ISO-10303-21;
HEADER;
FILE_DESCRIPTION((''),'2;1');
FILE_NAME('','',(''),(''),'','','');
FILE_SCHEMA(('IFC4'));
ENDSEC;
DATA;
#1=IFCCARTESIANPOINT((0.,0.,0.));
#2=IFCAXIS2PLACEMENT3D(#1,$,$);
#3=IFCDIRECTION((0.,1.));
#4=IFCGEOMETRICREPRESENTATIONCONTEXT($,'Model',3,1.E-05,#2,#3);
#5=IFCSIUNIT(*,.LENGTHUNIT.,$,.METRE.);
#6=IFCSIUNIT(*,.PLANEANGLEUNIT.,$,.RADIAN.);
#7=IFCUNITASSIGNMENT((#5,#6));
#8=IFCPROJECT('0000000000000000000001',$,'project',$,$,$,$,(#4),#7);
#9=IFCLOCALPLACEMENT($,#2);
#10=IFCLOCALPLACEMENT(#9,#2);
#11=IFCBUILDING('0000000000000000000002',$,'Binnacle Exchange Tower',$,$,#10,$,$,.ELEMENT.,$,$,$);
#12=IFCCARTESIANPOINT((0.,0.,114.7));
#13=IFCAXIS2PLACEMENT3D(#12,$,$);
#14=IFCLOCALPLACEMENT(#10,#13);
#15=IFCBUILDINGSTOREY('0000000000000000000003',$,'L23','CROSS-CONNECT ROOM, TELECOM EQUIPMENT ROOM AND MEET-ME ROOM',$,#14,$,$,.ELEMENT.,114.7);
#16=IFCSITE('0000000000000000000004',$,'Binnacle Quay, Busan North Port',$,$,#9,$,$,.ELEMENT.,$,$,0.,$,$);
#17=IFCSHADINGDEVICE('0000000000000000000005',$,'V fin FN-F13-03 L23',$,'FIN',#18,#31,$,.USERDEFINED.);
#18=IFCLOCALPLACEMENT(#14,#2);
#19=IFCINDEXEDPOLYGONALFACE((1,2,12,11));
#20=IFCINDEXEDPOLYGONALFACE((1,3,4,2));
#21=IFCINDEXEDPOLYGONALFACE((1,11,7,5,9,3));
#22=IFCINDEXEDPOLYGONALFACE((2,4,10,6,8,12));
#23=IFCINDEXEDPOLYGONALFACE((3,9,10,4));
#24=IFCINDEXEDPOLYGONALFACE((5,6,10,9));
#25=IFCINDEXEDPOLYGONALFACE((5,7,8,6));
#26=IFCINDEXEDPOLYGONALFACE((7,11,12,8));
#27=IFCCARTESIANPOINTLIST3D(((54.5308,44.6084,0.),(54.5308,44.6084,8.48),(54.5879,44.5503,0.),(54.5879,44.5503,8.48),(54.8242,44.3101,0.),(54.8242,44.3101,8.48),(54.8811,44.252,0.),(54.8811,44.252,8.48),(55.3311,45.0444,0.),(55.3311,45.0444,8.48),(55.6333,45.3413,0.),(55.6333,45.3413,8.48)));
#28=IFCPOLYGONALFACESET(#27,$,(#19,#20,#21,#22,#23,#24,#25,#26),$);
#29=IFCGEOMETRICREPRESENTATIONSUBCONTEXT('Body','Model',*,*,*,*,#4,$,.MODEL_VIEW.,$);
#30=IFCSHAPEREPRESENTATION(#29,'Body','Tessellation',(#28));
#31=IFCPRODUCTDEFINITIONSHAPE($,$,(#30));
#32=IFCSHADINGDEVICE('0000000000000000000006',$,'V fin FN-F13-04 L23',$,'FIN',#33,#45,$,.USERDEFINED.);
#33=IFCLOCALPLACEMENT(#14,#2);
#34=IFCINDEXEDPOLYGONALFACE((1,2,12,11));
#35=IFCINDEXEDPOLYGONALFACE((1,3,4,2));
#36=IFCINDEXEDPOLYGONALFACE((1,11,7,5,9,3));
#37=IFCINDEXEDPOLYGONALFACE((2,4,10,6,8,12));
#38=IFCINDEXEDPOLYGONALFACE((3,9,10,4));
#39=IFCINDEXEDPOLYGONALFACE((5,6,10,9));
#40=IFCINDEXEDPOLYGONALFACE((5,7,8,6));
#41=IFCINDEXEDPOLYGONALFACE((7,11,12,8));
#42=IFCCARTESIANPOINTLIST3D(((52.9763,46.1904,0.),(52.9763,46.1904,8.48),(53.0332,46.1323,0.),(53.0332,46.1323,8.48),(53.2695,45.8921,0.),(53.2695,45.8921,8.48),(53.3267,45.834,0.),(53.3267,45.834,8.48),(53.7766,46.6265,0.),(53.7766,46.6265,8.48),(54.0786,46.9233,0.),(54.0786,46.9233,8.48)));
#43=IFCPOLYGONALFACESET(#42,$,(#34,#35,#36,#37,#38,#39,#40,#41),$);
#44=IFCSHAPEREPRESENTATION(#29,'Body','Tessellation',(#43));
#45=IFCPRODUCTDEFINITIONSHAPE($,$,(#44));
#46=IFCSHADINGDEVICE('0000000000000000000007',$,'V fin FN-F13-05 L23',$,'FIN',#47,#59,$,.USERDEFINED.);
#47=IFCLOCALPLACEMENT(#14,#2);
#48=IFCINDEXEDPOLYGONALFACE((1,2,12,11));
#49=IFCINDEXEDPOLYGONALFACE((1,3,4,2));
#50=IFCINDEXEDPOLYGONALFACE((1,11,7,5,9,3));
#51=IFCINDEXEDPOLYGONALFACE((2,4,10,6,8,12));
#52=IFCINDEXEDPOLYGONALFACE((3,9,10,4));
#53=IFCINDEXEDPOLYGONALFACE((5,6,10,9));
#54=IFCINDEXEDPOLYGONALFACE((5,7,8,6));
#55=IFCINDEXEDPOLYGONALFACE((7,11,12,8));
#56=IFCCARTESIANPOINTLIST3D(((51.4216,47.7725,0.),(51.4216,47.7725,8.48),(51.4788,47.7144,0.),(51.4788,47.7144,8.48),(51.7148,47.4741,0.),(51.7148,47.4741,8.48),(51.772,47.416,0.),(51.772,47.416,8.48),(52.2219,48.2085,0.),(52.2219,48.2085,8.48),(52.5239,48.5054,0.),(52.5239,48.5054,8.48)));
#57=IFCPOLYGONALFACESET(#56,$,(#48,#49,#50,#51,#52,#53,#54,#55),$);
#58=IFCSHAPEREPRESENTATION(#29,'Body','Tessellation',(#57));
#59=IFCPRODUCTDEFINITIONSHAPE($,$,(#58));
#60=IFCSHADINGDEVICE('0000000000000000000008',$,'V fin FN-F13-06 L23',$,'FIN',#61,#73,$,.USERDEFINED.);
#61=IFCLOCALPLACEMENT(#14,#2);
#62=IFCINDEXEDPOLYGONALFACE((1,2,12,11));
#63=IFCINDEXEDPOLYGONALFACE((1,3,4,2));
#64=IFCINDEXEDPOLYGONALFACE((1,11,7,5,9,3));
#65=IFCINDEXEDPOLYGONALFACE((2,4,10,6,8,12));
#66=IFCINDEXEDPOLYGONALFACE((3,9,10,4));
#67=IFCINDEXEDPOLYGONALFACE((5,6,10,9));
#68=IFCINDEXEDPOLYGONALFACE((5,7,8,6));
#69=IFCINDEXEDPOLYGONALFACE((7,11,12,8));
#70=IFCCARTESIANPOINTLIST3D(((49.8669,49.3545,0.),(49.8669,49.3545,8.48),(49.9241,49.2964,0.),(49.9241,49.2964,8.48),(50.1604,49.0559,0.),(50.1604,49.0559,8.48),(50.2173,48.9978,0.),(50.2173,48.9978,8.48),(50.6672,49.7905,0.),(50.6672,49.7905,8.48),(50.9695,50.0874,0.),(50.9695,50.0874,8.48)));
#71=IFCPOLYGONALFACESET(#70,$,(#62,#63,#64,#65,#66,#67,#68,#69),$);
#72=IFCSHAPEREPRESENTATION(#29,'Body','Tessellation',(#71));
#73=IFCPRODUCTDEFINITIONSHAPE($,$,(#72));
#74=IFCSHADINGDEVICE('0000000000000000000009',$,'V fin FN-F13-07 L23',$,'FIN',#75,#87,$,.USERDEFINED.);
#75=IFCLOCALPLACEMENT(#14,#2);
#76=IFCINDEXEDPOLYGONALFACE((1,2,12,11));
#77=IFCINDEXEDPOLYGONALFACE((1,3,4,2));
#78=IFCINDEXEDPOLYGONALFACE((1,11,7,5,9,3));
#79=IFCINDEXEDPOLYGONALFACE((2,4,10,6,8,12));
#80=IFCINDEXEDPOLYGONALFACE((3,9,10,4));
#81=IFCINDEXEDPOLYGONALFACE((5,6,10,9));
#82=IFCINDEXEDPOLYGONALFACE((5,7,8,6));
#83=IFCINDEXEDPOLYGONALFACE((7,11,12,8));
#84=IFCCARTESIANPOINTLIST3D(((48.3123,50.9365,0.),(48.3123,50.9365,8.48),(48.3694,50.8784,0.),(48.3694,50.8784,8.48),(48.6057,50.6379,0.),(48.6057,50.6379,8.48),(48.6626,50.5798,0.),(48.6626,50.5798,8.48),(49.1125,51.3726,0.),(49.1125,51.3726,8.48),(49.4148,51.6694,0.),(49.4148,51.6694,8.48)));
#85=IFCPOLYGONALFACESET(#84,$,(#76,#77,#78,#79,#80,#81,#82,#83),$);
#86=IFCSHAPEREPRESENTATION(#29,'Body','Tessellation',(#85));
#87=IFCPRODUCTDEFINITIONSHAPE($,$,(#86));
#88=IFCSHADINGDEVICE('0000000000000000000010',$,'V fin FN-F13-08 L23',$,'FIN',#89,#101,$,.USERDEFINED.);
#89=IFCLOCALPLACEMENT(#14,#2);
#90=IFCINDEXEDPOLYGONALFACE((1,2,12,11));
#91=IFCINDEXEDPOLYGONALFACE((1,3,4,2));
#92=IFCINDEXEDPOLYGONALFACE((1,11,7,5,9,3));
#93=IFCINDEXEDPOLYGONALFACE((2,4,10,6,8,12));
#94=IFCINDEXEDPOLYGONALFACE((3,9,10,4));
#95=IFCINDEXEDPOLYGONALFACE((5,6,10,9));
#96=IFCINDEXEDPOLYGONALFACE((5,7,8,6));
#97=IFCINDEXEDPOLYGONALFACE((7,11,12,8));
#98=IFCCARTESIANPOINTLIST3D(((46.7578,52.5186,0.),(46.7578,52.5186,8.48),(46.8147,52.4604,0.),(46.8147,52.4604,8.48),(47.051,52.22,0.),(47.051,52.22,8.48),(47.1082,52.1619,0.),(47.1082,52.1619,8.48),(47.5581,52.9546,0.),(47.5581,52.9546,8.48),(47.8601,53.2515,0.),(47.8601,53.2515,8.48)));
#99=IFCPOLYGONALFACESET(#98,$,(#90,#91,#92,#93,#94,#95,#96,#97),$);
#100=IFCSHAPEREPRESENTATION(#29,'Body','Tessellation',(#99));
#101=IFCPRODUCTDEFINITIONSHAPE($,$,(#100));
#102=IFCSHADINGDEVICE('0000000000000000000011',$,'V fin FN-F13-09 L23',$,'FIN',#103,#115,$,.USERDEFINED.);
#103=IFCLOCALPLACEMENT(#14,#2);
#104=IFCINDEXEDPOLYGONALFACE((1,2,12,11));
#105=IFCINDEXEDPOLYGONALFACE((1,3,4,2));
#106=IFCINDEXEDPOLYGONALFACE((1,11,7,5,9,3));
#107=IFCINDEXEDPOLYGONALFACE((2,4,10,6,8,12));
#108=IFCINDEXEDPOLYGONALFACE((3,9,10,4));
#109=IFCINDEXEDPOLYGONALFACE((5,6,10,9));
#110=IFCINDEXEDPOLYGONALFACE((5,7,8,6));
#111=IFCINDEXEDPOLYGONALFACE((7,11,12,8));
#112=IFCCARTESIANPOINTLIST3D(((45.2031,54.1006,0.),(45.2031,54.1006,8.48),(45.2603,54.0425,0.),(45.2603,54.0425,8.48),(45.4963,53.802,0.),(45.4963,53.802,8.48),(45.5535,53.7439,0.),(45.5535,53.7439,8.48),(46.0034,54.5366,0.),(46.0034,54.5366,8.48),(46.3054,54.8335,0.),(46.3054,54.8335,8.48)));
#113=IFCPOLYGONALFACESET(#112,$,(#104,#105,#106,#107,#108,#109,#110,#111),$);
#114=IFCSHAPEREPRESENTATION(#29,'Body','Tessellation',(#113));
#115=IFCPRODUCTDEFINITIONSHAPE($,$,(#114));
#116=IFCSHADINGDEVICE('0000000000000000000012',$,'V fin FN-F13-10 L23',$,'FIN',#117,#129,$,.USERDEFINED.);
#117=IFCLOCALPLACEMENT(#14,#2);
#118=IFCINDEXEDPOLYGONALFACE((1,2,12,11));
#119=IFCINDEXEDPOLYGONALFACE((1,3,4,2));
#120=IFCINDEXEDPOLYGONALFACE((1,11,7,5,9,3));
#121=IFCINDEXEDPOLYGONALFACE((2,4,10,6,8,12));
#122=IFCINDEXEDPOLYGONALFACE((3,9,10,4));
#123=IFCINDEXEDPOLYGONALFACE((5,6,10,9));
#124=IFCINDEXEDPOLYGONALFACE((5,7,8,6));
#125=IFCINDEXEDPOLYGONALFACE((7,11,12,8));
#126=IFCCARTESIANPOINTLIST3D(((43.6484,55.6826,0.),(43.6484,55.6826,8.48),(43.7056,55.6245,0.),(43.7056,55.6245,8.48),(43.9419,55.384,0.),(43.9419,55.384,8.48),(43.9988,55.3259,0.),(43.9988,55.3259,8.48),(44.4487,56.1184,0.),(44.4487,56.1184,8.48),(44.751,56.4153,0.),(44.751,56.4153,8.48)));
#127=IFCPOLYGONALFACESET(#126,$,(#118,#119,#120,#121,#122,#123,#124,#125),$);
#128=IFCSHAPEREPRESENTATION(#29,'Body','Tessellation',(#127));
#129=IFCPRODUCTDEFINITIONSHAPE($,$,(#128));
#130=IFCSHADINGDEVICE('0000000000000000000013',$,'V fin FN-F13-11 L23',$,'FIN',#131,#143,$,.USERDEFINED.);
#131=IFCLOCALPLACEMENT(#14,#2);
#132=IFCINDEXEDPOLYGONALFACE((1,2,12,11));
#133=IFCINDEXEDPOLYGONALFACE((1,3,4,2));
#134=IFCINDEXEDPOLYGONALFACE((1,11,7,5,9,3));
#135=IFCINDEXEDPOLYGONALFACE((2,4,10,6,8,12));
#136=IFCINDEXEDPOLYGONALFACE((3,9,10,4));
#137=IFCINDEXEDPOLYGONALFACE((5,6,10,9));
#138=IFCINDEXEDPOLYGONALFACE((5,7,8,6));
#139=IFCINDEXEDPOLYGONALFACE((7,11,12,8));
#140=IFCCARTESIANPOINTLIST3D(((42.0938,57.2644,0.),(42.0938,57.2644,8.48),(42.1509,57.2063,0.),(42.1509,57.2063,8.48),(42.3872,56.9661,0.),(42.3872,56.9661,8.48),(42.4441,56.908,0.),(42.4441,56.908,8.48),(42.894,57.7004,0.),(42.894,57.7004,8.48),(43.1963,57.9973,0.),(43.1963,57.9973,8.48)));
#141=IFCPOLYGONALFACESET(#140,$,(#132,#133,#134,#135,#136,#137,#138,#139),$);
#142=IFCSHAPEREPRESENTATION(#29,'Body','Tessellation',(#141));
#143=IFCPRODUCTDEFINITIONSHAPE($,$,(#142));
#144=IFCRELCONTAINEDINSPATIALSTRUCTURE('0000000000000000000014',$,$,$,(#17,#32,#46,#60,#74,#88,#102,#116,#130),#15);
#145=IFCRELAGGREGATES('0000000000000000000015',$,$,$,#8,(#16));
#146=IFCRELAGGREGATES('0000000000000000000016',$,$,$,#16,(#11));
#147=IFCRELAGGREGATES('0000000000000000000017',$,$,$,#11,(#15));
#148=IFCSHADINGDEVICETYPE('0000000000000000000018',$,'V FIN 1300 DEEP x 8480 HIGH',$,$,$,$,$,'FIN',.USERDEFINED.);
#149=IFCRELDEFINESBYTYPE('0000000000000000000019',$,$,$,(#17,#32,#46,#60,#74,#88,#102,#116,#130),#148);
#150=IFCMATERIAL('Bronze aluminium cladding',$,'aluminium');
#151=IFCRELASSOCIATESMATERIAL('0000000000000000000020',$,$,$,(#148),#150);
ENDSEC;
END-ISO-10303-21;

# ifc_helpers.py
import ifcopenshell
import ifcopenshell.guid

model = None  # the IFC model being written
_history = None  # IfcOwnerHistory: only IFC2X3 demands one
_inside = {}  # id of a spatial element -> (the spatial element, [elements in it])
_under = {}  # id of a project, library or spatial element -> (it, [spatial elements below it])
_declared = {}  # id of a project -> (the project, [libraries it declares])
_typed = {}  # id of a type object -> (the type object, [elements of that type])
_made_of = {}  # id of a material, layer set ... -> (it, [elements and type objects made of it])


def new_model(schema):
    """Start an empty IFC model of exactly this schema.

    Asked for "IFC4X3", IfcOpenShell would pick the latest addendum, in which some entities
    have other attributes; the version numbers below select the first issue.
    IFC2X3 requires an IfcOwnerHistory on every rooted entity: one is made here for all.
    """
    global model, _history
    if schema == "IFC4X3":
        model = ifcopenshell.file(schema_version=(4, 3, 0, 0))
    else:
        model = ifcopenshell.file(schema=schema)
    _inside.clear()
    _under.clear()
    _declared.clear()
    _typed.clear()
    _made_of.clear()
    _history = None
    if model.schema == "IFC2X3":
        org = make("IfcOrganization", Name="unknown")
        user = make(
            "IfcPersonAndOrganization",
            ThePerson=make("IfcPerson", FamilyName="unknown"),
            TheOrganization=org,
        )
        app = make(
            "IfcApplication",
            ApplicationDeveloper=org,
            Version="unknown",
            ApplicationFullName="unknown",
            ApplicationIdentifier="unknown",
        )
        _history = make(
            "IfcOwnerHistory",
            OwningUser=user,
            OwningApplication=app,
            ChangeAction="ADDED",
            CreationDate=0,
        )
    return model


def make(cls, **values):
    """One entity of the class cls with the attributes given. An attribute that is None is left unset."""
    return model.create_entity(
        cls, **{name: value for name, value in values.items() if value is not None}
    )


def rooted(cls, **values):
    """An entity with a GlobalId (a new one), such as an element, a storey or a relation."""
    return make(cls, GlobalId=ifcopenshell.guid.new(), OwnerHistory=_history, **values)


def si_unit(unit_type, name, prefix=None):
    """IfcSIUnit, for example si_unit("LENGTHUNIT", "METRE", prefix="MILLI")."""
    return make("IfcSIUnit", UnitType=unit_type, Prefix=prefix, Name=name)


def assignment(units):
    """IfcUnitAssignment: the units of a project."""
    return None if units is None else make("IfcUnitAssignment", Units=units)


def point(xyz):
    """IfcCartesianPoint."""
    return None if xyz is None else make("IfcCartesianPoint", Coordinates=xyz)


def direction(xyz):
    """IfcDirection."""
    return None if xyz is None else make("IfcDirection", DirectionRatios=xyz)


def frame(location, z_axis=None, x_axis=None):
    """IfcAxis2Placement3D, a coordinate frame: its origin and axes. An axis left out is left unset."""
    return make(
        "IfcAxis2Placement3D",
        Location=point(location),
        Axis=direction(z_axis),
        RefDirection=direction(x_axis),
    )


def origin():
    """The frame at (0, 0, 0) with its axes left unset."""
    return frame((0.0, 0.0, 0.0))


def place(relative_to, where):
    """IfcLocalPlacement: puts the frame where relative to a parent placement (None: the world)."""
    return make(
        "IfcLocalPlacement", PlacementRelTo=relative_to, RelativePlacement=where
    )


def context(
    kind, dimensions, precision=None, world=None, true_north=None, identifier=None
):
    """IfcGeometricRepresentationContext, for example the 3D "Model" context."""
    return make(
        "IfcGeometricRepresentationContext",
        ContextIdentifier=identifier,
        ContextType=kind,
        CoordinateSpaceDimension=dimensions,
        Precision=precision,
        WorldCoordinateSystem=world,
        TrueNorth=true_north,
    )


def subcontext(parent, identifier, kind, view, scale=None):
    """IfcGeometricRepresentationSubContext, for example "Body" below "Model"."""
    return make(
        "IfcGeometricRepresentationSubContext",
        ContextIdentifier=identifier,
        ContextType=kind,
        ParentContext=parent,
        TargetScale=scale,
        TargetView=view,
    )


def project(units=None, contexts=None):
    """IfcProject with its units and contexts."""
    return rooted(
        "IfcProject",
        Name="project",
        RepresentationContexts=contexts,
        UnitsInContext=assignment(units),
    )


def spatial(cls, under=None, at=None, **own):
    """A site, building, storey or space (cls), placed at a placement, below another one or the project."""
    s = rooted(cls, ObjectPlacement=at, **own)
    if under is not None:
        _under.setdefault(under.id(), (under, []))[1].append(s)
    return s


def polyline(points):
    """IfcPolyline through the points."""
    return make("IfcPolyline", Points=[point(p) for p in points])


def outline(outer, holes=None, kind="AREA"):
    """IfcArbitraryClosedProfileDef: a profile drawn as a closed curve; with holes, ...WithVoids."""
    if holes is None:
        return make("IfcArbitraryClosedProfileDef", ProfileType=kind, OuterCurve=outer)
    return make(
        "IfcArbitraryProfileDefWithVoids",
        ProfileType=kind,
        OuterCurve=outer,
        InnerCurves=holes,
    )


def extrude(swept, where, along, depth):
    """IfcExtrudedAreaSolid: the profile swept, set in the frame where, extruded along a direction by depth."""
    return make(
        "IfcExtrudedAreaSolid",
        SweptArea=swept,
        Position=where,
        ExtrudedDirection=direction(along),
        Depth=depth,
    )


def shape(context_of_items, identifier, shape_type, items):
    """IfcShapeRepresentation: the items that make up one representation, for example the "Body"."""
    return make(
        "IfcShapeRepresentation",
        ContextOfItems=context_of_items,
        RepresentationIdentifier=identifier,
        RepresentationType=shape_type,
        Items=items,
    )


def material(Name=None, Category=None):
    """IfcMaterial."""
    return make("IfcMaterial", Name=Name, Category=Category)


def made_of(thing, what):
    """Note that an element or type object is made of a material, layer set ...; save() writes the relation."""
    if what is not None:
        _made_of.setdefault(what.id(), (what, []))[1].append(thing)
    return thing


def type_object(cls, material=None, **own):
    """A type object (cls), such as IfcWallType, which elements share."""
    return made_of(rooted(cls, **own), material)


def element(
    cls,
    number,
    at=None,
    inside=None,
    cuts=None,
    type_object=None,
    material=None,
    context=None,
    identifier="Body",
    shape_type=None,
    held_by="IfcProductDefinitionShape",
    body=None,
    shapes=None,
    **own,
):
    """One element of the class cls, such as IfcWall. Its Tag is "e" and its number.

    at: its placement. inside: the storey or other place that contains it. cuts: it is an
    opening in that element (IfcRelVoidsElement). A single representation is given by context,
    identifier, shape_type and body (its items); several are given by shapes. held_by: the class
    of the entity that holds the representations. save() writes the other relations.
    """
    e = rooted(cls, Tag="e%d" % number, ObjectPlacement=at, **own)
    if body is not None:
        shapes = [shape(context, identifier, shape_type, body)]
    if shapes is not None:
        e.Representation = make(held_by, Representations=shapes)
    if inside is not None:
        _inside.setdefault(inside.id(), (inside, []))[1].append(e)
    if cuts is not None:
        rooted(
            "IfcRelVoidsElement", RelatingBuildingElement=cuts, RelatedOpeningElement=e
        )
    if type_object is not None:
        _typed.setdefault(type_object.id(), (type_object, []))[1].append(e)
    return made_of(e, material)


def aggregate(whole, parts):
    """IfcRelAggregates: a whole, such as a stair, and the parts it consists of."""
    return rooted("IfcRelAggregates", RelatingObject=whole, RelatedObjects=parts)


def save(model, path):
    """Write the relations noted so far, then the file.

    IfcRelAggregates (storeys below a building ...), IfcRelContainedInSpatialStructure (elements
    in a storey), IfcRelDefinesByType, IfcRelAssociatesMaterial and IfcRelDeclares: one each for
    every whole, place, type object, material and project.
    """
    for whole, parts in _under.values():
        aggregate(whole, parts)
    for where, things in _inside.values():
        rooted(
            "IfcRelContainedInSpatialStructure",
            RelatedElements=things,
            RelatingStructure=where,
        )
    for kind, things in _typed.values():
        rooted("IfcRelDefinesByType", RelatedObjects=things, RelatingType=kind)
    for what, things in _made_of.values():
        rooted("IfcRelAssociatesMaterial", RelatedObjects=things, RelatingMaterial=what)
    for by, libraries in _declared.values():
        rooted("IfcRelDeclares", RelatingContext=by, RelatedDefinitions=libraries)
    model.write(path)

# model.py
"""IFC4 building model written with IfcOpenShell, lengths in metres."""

from ifc_helpers import new_model, si_unit, direction, frame, origin, place, context, subcontext, project, spatial, polyline, outline, extrude, material, type_object, element, save


model = new_model("IFC4")

# Units and contexts
model_context = context("Model", 3, precision=1e-05, world=origin(), true_north=direction((0.0, 1.0)))
body_context = subcontext(model_context, "Body", "Model", "MODEL_VIEW")
ifc_project = project(units=[si_unit("LENGTHUNIT", "METRE"), si_unit("PLANEANGLEUNIT", "RADIAN")], contexts=[model_context])

# Site, building, storey
site_placement = place(None, origin())
site = spatial("IfcSite", under=ifc_project, at=site_placement, Name="Binnacle Quay, Busan North Port", CompositionType="ELEMENT", RefElevation=0.0)
building_placement = place(site_placement, origin())
building = spatial("IfcBuilding", under=site, at=building_placement, Name="Binnacle Exchange Tower", CompositionType="ELEMENT")
storey_placement = place(building_placement, frame((0.0, 0.0, 114.7)))
storey = spatial("IfcBuildingStorey", under=building, at=storey_placement, Name="L23", Description="CROSS-CONNECT ROOM, TELECOM EQUIPMENT ROOM AND MEET-ME ROOM", CompositionType="ELEMENT", Elevation=114.7)

# Shading devices
ifc_material_1 = material(Name="Bronze aluminium cladding", Category="aluminium")
shading_device_type = type_object("IfcShadingDeviceType", Name="V FIN 1300 DEEP x 8480 HIGH", ElementType="FIN", PredefinedType="USERDEFINED", material=ifc_material_1)
shading_device_1_placement = place(storey_placement, origin())
element("IfcShadingDevice", 1, at=shading_device_1_placement, inside=storey, type_object=shading_device_type, Name="V fin FN-F13-03 L23", ObjectType="FIN", PredefinedType="USERDEFINED", context=body_context, shape_type="SweptSolid", body=[
    extrude(outline(polyline([(54.8811, 44.252), (55.6333, 45.3413), (54.5308, 44.6084), (54.5879, 44.5503), (55.3311, 45.0444), (54.8242, 44.3101), (54.8811, 44.252)])), origin(), (0.0, 0.0, 1.0), 8.48),
])
shading_device_2_placement = place(storey_placement, origin())
element("IfcShadingDevice", 2, at=shading_device_2_placement, inside=storey, type_object=shading_device_type, Name="V fin FN-F13-04 L23", ObjectType="FIN", PredefinedType="USERDEFINED", context=body_context, shape_type="SweptSolid", body=[
    extrude(outline(polyline([(53.3267, 45.834), (54.0786, 46.9233), (52.9763, 46.1904), (53.0332, 46.1323), (53.7766, 46.6265), (53.2695, 45.8921), (53.3267, 45.834)])), origin(), (0.0, 0.0, 1.0), 8.48),
])
shading_device_3_placement = place(storey_placement, origin())
element("IfcShadingDevice", 3, at=shading_device_3_placement, inside=storey, type_object=shading_device_type, Name="V fin FN-F13-05 L23", ObjectType="FIN", PredefinedType="USERDEFINED", context=body_context, shape_type="SweptSolid", body=[
    extrude(outline(polyline([(51.772, 47.416), (52.5239, 48.5054), (51.4216, 47.7725), (51.4788, 47.7144), (52.2219, 48.2085), (51.7148, 47.4741), (51.772, 47.416)])), origin(), (0.0, 0.0, 1.0), 8.48),
])
shading_device_4_placement = place(storey_placement, origin())
element("IfcShadingDevice", 4, at=shading_device_4_placement, inside=storey, type_object=shading_device_type, Name="V fin FN-F13-06 L23", ObjectType="FIN", PredefinedType="USERDEFINED", context=body_context, shape_type="SweptSolid", body=[
    extrude(outline(polyline([(50.2173, 48.9978), (50.9695, 50.0874), (49.8669, 49.3545), (49.9241, 49.2964), (50.6672, 49.7905), (50.1604, 49.0559), (50.2173, 48.9978)])), origin(), (0.0, 0.0, 1.0), 8.48),
])
shading_device_5_placement = place(storey_placement, origin())
element("IfcShadingDevice", 5, at=shading_device_5_placement, inside=storey, type_object=shading_device_type, Name="V fin FN-F13-07 L23", ObjectType="FIN", PredefinedType="USERDEFINED", context=body_context, shape_type="SweptSolid", body=[
    extrude(outline(polyline([(48.6626, 50.5798), (49.4148, 51.6694), (48.3123, 50.9365), (48.3694, 50.8784), (49.1125, 51.3726), (48.6057, 50.6379), (48.6626, 50.5798)])), origin(), (0.0, 0.0, 1.0), 8.48),
])
shading_device_6_placement = place(storey_placement, origin())
element("IfcShadingDevice", 6, at=shading_device_6_placement, inside=storey, type_object=shading_device_type, Name="V fin FN-F13-08 L23", ObjectType="FIN", PredefinedType="USERDEFINED", context=body_context, shape_type="SweptSolid", body=[
    extrude(outline(polyline([(47.1082, 52.1619), (47.8601, 53.2515), (46.7578, 52.5186), (46.8147, 52.4604), (47.5581, 52.9546), (47.051, 52.22), (47.1082, 52.1619)])), origin(), (0.0, 0.0, 1.0), 8.48),
])
shading_device_7_placement = place(storey_placement, origin())
element("IfcShadingDevice", 7, at=shading_device_7_placement, inside=storey, type_object=shading_device_type, Name="V fin FN-F13-09 L23", ObjectType="FIN", PredefinedType="USERDEFINED", context=body_context, shape_type="SweptSolid", body=[
    extrude(outline(polyline([(45.5535, 53.7439), (46.3054, 54.8335), (45.2031, 54.1006), (45.2603, 54.0425), (46.0034, 54.5366), (45.4963, 53.802), (45.5535, 53.7439)])), origin(), (0.0, 0.0, 1.0), 8.48),
])
shading_device_8_placement = place(storey_placement, origin())
element("IfcShadingDevice", 8, at=shading_device_8_placement, inside=storey, type_object=shading_device_type, Name="V fin FN-F13-10 L23", ObjectType="FIN", PredefinedType="USERDEFINED", context=body_context, shape_type="SweptSolid", body=[
    extrude(outline(polyline([(43.9988, 55.3259), (44.751, 56.4153), (43.6484, 55.6826), (43.7056, 55.6245), (44.4487, 56.1184), (43.9419, 55.384), (43.9988, 55.3259)])), origin(), (0.0, 0.0, 1.0), 8.48),
])
shading_device_9_placement = place(storey_placement, origin())
element("IfcShadingDevice", 9, at=shading_device_9_placement, inside=storey, type_object=shading_device_type, Name="V fin FN-F13-11 L23", ObjectType="FIN", PredefinedType="USERDEFINED", context=body_context, shape_type="SweptSolid", body=[
    extrude(outline(polyline([(42.4441, 56.908), (43.1963, 57.9973), (42.0938, 57.2644), (42.1509, 57.2063), (42.894, 57.7004), (42.3872, 56.9661), (42.4441, 56.908)])), origin(), (0.0, 0.0, 1.0), 8.48),
])

save(model, "model.ifc")
